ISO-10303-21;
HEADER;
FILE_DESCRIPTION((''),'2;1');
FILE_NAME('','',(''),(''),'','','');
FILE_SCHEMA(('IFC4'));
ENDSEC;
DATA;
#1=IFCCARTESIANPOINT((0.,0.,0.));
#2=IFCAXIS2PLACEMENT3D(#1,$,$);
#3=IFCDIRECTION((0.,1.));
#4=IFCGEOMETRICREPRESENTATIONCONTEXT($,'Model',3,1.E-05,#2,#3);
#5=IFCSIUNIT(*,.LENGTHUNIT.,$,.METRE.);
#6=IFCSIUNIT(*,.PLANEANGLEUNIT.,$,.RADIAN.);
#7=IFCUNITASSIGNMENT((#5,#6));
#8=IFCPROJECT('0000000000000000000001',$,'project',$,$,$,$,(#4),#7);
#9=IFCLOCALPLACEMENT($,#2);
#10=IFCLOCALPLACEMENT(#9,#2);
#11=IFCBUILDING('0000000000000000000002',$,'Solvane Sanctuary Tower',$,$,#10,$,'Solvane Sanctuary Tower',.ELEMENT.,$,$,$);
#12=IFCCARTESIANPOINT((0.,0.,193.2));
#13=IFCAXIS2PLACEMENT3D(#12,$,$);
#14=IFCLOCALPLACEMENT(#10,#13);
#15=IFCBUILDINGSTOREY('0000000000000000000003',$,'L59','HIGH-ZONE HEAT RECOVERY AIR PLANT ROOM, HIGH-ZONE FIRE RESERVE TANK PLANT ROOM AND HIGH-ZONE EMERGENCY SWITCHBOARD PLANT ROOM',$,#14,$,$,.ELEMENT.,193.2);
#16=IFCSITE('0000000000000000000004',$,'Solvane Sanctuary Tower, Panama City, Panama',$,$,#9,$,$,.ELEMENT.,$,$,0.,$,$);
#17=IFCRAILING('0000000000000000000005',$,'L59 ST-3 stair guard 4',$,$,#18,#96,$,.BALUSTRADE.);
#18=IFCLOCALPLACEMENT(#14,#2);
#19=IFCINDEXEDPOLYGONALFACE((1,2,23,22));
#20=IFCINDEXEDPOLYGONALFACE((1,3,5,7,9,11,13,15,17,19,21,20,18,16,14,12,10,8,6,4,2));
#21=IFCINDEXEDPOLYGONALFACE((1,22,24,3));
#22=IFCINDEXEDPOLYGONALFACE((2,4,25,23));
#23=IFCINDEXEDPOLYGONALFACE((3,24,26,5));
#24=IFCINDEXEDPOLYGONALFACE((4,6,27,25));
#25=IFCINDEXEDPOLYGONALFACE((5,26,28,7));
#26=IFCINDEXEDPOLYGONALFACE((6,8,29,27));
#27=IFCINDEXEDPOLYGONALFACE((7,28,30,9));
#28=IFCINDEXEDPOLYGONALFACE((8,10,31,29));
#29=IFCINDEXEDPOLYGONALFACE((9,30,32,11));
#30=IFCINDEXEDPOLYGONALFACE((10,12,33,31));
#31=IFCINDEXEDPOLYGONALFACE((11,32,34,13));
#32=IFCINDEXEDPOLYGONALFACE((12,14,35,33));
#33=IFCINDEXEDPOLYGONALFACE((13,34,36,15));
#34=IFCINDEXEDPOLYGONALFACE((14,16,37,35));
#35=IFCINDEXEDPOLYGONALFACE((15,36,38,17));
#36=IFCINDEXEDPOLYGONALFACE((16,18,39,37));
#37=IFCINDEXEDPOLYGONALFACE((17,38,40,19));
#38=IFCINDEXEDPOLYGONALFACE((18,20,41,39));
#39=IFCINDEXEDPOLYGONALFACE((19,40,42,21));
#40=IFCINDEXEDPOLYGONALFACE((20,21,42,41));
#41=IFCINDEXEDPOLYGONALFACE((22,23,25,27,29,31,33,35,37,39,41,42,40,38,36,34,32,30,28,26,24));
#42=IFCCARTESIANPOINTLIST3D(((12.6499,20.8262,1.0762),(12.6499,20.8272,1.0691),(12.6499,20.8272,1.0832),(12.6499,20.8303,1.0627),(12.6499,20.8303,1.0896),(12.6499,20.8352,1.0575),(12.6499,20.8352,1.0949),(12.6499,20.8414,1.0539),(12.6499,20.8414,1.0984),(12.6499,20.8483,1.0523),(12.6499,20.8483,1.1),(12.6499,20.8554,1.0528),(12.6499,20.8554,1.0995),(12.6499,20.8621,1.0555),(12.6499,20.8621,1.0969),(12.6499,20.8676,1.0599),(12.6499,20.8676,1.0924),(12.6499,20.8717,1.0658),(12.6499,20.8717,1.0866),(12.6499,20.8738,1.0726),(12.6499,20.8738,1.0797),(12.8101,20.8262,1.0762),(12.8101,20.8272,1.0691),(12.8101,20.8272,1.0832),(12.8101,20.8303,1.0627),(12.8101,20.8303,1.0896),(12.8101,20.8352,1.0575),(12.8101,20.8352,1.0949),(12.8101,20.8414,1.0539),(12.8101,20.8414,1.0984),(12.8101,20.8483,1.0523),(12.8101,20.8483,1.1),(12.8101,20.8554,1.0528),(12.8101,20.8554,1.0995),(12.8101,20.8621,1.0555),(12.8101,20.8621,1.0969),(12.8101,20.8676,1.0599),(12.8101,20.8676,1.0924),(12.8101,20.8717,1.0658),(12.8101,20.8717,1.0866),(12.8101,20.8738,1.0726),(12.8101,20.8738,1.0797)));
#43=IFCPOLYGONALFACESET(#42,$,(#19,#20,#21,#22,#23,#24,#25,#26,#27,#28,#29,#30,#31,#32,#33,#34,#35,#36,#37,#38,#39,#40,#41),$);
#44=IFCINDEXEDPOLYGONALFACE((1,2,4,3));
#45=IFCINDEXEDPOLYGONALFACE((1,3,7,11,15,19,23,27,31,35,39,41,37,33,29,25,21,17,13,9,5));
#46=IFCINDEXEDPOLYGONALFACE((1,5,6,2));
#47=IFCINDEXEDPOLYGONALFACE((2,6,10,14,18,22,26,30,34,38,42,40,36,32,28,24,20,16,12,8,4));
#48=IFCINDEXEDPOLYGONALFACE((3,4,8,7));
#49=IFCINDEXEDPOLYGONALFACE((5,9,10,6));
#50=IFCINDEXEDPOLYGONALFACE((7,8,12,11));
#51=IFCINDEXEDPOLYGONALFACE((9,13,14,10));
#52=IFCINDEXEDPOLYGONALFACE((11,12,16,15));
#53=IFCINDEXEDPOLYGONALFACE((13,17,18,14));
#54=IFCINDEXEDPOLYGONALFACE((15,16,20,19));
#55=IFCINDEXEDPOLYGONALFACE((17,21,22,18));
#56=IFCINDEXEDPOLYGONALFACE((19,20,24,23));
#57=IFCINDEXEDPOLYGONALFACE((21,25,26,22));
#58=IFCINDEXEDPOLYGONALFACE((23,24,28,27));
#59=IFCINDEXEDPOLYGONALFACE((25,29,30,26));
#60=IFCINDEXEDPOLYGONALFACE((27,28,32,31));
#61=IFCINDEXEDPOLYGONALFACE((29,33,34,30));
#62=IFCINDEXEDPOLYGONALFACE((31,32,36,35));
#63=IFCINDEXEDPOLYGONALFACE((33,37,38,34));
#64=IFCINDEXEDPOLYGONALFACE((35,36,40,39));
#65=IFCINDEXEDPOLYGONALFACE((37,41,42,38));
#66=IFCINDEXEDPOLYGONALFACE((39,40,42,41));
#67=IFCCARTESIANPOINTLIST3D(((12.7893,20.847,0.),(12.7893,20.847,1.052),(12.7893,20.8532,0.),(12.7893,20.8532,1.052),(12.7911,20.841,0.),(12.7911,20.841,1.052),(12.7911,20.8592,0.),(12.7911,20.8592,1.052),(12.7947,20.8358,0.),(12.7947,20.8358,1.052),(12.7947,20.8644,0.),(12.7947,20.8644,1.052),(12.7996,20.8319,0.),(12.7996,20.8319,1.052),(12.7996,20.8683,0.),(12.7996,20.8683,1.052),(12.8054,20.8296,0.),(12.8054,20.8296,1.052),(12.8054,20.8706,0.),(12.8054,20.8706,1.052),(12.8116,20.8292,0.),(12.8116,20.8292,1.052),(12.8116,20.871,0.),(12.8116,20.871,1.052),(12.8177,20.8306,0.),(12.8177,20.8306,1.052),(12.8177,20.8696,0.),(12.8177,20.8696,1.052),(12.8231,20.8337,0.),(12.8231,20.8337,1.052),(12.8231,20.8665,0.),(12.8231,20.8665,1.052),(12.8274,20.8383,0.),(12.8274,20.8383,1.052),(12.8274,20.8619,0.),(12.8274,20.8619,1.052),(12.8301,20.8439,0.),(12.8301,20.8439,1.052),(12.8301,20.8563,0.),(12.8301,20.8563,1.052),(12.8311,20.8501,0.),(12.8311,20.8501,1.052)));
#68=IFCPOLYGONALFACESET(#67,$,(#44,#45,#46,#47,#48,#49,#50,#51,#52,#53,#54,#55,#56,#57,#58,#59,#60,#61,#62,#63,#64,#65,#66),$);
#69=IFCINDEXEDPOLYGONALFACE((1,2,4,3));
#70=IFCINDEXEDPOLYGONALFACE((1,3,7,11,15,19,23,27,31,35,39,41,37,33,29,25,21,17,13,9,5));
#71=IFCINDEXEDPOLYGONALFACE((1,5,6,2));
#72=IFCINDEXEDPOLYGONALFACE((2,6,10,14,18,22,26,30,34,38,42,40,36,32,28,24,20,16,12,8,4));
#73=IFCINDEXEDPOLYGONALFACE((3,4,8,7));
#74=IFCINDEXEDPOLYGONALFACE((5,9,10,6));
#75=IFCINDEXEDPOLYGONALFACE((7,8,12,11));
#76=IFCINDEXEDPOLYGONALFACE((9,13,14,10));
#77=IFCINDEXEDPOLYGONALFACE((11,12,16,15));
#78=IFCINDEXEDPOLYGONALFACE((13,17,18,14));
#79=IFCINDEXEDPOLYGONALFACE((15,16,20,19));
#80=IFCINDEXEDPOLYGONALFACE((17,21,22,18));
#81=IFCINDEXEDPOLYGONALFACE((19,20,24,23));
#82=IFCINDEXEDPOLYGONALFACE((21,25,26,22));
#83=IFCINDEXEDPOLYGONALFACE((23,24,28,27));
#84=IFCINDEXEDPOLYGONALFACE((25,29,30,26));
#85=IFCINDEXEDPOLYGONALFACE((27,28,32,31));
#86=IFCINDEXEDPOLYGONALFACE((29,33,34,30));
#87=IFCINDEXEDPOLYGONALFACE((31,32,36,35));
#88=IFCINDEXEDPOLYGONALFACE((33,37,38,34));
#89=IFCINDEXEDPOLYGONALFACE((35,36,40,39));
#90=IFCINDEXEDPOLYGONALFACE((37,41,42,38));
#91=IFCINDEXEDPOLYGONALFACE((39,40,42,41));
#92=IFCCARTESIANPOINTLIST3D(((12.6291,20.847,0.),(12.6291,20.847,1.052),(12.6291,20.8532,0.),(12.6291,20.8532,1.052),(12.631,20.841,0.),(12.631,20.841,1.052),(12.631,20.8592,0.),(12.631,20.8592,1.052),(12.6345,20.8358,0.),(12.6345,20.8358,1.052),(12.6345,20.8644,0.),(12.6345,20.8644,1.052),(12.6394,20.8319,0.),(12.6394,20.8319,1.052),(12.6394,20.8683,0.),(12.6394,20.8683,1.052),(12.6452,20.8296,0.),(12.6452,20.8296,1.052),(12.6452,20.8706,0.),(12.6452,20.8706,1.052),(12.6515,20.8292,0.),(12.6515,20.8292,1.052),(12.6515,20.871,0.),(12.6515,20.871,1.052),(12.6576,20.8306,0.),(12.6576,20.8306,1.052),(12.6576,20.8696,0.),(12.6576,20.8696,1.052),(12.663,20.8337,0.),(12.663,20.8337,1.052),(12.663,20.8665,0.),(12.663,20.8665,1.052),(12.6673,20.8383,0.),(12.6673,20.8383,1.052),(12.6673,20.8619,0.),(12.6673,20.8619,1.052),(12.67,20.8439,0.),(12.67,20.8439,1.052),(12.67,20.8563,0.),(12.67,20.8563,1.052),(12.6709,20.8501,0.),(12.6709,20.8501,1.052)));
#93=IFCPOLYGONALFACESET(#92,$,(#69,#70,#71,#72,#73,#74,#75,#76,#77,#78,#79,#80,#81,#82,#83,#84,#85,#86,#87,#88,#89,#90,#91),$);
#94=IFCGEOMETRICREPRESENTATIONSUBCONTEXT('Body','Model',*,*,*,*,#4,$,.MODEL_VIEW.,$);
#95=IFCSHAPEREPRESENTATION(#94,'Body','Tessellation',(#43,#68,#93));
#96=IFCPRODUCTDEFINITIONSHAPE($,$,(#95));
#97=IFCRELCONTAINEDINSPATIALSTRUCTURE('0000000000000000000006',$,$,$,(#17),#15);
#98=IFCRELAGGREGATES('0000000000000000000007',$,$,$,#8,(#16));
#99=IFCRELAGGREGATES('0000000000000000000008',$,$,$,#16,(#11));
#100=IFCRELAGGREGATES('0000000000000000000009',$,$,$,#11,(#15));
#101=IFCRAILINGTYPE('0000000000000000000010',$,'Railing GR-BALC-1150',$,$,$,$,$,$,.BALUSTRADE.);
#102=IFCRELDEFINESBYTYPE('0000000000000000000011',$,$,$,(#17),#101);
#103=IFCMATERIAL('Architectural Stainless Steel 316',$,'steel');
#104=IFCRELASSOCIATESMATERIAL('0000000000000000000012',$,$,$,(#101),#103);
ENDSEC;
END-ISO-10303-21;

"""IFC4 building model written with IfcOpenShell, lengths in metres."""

from ifc_helpers import new_model, si_unit, direction, frame, origin, origin_2d, place, context, subcontext, project, spatial, circle, extrude, material, type_object, element, save


model = new_model("IFC4")

# Units and contexts
model_context = context("Model", 3, precision=1e-05, world=origin(), true_north=direction((0.0, 1.0)))
body_context = subcontext(model_context, "Body", "Model", "MODEL_VIEW")
ifc_project = project(units=[si_unit("LENGTHUNIT", "METRE"), si_unit("PLANEANGLEUNIT", "RADIAN")], contexts=[model_context])

# Site, building, storey
site_placement = place(None, origin())
site = spatial("IfcSite", under=ifc_project, at=site_placement, Name="Solvane Sanctuary Tower, Panama City, Panama", CompositionType="ELEMENT", RefElevation=0.0)
building_placement = place(site_placement, origin())
building = spatial("IfcBuilding", under=site, at=building_placement, Name="Solvane Sanctuary Tower", LongName="Solvane Sanctuary Tower", CompositionType="ELEMENT")
storey_placement = place(building_placement, frame((0.0, 0.0, 193.2)))
storey = spatial("IfcBuildingStorey", under=building, at=storey_placement, Name="L59", Description="HIGH-ZONE HEAT RECOVERY AIR PLANT ROOM, HIGH-ZONE FIRE RESERVE TANK PLANT ROOM AND HIGH-ZONE EMERGENCY SWITCHBOARD PLANT ROOM", CompositionType="ELEMENT", Elevation=193.2)

# Shared definitions
ifc_material_1 = material(Name="Architectural Stainless Steel 316", Category="steel")

# Railing
railing_type_1 = type_object("IfcRailingType", Name="Railing GR-BALC-1150", PredefinedType="BALUSTRADE", material=ifc_material_1)
railing_1_placement = place(storey_placement, frame((12.8101, 20.8501, 0.0)))
element("IfcRailing", 1, at=railing_1_placement, inside=storey, type_object=railing_type_1, Name="L59 ST-3 stair guard 4", PredefinedType="BALUSTRADE", context=body_context, shape_type="SweptSolid", body=[
    extrude(circle(Radius=0.0239, at=origin_2d()), frame((0.0, 0.0, 1.0762), z_axis=(-1.0, 0.0, 0.0), x_axis=(0.0, -1.0, 0.0)), (0.0, 0.0, 1.0), 0.1602),
    extrude(circle(Radius=0.021, at=origin_2d()), origin(), (0.0, 0.0, 1.0), 1.052),
    extrude(circle(Radius=0.021, at=origin_2d()), frame((-0.1602, 0.0, 0.0)), (0.0, 0.0, 1.0), 1.052),
])

save(model, "model.ifc")
